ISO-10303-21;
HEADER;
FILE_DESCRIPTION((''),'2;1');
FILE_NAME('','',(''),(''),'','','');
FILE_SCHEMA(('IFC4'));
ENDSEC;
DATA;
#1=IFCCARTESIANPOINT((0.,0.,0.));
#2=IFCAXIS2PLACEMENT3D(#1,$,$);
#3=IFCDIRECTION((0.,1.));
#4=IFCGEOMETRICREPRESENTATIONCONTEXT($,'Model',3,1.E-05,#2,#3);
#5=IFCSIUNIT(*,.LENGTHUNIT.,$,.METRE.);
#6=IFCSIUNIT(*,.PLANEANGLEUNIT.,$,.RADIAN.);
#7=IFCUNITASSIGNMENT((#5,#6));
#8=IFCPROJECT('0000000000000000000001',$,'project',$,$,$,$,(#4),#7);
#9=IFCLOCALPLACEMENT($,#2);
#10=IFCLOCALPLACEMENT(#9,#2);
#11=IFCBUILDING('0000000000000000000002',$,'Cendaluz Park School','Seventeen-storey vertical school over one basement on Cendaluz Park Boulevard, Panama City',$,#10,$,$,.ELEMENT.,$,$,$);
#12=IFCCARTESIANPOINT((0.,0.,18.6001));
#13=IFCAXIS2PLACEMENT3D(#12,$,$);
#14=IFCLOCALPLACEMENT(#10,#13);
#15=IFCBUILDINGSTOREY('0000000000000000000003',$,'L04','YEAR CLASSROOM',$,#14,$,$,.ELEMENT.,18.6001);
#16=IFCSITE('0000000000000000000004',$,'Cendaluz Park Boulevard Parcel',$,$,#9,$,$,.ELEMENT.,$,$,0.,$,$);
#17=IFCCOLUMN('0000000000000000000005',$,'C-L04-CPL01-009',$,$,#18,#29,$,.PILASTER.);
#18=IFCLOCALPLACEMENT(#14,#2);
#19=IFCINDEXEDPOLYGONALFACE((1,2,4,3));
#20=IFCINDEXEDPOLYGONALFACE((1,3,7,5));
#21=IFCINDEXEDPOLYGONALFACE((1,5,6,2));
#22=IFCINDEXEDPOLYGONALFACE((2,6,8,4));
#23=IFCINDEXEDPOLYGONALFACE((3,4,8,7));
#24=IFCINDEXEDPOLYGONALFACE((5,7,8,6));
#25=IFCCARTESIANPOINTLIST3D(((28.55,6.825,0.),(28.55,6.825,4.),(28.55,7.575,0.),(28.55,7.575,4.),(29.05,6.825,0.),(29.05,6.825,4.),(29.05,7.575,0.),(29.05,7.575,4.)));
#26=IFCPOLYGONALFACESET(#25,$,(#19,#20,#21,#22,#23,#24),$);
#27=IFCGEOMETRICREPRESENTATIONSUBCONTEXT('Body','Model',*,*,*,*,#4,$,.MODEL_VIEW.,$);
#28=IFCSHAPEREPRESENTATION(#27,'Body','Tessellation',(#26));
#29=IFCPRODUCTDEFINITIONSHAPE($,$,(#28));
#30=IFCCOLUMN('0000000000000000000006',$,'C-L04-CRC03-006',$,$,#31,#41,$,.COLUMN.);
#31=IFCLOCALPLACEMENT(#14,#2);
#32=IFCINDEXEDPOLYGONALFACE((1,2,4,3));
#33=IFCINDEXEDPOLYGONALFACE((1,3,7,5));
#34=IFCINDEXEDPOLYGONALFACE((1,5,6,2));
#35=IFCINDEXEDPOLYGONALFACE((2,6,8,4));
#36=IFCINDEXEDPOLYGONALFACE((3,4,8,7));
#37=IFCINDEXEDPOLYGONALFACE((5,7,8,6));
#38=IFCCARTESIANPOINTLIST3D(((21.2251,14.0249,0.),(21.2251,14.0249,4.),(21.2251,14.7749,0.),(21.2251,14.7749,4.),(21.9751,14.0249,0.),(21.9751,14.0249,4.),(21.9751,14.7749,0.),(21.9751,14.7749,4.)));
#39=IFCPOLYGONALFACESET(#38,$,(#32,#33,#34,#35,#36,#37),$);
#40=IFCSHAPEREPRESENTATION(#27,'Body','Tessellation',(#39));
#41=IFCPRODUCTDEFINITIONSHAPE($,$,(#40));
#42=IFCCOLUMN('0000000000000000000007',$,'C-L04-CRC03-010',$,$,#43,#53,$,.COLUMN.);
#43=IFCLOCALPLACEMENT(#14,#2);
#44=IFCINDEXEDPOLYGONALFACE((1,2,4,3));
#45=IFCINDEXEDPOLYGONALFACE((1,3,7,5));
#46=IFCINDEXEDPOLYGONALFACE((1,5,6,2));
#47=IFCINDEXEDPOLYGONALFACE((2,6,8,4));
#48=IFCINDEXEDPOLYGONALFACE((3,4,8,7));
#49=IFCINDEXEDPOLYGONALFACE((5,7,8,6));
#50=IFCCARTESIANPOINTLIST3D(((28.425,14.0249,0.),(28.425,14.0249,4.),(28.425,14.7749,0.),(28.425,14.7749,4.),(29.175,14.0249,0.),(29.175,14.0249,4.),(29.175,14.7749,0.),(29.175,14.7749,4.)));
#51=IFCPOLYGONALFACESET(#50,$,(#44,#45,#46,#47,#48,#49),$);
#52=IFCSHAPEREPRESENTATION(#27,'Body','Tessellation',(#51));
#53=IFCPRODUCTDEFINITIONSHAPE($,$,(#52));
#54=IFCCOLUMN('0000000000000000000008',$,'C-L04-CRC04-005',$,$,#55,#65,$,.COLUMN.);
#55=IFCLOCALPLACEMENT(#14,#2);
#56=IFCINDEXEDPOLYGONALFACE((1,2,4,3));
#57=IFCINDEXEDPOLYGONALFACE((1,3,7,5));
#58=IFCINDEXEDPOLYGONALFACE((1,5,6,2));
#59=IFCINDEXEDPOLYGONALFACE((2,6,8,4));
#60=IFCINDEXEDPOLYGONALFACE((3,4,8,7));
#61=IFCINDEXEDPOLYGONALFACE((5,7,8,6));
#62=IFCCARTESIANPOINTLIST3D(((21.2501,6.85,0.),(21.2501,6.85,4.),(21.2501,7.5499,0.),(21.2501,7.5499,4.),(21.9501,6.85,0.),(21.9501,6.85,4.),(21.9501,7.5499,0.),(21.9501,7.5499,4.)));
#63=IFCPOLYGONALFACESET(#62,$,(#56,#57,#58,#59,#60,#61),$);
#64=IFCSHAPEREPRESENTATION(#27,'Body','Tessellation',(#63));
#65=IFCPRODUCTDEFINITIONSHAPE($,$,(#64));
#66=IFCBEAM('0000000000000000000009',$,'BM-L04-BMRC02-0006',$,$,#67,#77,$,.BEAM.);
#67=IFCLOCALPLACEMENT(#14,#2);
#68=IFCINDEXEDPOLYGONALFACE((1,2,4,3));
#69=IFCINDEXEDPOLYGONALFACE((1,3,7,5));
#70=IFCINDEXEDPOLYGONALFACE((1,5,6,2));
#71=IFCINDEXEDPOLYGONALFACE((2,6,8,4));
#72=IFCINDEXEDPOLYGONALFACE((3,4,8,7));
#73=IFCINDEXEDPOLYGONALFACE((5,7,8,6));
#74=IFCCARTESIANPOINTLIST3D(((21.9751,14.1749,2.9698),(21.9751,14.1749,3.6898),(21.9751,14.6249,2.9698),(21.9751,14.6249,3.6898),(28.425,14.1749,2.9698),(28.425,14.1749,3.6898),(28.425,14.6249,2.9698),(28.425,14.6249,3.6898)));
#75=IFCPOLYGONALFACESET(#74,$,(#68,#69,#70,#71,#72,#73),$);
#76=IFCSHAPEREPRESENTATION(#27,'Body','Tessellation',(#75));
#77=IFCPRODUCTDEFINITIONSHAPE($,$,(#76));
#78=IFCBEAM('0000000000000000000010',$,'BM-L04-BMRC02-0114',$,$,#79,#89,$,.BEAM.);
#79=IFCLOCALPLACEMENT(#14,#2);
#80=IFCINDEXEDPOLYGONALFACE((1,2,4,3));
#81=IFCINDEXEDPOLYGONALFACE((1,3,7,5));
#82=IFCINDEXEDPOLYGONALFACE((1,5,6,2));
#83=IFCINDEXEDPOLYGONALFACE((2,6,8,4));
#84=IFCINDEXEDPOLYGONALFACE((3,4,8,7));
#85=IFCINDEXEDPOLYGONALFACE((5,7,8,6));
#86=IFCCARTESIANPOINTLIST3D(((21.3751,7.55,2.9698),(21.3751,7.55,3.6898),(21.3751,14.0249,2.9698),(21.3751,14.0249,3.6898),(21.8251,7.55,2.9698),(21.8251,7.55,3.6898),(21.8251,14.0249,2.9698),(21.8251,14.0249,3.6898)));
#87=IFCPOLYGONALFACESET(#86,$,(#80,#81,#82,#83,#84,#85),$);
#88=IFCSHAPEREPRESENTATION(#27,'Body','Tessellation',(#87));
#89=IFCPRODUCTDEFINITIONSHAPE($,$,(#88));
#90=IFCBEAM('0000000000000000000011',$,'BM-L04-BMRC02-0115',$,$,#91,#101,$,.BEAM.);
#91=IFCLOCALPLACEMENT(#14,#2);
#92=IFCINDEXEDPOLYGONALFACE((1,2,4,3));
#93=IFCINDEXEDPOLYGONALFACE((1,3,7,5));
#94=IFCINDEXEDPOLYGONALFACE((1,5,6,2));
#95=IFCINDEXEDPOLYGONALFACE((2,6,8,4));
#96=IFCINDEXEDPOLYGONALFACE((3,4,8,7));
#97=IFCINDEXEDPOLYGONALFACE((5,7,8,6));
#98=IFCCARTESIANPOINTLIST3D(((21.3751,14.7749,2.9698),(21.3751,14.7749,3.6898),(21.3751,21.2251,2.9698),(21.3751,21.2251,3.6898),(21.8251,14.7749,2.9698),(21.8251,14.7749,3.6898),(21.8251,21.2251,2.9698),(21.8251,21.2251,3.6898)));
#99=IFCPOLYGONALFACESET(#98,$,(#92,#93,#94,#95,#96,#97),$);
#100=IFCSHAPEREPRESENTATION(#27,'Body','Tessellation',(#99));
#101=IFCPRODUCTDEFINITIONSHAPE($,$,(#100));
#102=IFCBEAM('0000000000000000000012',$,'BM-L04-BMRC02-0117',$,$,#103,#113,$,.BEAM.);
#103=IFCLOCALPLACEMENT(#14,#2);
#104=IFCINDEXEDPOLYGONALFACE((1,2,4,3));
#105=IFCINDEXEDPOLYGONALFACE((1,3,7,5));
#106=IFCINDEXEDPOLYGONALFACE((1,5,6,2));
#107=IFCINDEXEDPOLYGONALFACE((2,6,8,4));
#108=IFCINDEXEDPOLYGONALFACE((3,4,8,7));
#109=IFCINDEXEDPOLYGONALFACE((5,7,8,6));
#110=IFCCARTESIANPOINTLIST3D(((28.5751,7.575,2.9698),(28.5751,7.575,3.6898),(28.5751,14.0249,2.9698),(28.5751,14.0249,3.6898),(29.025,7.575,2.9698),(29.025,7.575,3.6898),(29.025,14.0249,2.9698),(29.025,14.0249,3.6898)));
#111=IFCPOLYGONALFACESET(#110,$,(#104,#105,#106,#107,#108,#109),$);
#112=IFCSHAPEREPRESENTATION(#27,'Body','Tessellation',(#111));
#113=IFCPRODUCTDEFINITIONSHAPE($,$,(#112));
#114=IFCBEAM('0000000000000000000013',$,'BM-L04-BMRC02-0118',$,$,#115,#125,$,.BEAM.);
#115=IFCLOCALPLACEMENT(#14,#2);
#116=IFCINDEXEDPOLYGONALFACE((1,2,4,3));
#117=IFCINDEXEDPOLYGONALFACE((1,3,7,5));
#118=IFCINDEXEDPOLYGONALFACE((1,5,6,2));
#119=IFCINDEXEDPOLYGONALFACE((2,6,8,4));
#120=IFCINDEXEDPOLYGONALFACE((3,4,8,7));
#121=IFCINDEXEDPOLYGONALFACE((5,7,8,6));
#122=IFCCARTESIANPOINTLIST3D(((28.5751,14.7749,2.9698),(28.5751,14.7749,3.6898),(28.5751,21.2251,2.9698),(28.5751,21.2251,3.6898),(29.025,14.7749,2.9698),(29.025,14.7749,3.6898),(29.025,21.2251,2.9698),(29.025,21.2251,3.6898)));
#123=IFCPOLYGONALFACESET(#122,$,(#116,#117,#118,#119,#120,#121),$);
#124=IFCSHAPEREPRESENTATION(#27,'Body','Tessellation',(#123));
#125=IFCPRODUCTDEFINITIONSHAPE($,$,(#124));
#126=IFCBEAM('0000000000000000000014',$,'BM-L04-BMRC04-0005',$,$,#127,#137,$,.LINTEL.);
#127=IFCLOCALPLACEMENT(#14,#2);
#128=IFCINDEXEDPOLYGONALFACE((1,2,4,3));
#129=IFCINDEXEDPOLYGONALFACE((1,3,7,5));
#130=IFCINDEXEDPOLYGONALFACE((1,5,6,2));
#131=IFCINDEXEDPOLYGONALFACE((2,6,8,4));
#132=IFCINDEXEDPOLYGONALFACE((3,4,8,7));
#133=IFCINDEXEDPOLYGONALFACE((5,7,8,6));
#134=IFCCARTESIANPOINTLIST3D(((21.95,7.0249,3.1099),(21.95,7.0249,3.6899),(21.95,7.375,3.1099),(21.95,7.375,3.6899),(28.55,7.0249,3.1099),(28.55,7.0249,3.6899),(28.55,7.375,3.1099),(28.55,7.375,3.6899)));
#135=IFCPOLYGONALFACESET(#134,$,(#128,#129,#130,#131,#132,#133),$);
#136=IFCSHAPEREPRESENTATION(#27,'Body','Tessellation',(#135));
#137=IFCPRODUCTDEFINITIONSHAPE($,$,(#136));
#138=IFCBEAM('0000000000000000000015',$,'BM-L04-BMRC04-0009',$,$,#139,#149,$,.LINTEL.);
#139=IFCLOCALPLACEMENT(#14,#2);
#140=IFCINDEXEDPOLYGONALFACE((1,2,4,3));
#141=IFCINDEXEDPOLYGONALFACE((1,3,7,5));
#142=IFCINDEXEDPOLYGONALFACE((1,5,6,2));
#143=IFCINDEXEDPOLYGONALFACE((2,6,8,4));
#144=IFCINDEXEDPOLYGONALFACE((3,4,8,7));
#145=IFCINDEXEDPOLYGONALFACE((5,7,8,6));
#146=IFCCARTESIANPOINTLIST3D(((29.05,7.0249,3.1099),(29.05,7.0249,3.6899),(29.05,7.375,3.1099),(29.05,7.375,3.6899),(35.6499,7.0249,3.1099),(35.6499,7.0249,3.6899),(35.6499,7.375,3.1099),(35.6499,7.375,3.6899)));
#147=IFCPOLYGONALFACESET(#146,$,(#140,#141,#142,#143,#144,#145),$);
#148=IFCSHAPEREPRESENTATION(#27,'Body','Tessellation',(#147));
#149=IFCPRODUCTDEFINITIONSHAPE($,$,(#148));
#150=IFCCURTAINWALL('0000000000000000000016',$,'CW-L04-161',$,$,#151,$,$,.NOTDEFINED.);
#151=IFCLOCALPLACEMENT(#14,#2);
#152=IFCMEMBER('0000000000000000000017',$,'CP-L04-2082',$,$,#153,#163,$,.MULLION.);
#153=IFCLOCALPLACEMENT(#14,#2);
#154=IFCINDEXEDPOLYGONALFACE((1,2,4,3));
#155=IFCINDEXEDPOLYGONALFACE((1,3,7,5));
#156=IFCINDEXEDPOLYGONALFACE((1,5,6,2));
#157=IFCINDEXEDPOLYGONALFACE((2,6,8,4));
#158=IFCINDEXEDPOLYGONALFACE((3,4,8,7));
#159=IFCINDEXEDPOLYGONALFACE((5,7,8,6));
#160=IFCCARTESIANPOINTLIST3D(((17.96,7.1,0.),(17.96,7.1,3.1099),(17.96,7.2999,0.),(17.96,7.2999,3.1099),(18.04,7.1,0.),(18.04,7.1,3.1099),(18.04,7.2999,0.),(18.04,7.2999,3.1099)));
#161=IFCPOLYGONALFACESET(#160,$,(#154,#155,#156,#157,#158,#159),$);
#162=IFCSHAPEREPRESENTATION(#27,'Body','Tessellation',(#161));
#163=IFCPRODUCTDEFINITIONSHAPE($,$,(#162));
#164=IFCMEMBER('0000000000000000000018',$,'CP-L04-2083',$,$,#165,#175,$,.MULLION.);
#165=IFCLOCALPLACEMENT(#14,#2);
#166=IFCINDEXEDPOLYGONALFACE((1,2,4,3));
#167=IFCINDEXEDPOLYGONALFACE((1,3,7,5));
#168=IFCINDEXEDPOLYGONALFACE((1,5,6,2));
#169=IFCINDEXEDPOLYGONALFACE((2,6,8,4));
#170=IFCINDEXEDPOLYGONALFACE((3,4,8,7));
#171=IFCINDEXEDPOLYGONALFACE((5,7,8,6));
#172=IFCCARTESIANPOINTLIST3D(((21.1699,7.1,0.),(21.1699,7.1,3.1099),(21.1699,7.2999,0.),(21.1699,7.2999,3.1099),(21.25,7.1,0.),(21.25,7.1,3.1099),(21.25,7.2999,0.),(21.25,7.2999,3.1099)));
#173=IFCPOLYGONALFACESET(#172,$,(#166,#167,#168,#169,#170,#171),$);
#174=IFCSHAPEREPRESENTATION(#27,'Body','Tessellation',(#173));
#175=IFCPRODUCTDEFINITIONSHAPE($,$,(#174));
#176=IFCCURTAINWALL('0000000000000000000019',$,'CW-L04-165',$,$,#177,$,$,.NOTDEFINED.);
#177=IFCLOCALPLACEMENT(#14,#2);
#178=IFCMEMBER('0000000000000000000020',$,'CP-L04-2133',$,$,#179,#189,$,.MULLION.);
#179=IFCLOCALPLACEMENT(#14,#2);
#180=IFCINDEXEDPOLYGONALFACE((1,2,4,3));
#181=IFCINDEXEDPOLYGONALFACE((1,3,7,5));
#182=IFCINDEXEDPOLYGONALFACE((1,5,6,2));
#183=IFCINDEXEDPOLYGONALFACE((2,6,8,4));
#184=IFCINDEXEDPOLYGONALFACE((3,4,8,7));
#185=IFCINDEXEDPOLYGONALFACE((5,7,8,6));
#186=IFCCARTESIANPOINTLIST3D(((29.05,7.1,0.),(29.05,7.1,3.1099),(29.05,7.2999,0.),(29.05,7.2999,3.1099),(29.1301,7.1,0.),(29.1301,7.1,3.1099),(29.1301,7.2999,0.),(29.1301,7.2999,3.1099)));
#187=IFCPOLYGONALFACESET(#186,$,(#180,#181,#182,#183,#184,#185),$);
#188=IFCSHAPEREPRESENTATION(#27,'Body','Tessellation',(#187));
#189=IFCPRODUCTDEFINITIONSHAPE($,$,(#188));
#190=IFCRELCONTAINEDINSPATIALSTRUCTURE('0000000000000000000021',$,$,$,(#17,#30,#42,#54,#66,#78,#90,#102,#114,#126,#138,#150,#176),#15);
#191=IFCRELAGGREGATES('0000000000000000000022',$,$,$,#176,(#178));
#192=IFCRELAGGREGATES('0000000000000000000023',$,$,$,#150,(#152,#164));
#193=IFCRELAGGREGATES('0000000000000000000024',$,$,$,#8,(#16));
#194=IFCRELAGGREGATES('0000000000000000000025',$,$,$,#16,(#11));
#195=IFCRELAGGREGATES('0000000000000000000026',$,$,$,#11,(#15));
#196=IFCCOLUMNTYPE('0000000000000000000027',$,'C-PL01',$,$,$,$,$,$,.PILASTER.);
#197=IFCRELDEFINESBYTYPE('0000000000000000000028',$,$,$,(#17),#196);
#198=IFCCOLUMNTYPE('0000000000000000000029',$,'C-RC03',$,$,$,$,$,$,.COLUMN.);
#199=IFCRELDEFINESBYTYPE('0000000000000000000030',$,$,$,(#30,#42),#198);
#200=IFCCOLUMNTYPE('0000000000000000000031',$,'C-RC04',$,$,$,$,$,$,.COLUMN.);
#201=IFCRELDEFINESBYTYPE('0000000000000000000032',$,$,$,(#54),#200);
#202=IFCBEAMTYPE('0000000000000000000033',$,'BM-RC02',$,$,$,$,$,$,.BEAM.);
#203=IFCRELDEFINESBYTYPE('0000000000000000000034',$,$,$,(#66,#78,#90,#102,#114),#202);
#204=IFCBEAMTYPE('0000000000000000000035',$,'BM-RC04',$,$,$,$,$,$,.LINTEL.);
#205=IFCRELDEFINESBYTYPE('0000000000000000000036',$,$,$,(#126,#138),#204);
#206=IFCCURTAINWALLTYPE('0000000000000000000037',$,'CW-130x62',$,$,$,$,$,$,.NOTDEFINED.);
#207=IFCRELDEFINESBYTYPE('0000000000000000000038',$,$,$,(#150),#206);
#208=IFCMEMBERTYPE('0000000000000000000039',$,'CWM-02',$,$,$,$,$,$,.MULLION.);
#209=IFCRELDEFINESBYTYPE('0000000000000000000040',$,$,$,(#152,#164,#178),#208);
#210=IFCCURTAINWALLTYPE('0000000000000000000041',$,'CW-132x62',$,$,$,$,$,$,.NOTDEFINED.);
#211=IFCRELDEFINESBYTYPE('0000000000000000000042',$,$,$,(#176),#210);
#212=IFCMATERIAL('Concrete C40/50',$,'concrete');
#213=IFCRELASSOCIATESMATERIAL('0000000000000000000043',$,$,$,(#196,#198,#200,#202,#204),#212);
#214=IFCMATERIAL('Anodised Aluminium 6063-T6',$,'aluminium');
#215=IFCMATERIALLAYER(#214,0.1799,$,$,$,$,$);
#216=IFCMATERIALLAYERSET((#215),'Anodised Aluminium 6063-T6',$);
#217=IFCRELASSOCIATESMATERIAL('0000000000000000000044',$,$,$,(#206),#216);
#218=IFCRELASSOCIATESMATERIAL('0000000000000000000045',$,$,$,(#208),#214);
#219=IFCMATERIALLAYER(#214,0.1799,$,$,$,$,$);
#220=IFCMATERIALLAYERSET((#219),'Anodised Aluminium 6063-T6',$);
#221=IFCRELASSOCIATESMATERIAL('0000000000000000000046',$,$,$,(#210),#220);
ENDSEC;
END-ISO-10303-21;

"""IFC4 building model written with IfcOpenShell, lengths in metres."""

from ifc_helpers import new_model, si_unit, direction, frame, origin, origin_2d, place, context, subcontext, project, spatial, rectangle, extrude, material, layer, layer_set, material_profile, profile_set, type_object, element, aggregate, save


model = new_model("IFC4")

# Units and contexts
model_context = context("Model", 3, precision=1e-05, world=origin(), true_north=direction((0.0, 1.0)))
body_context = subcontext(model_context, "Body", "Model", "MODEL_VIEW")
ifc_project = project(units=[si_unit("LENGTHUNIT", "METRE"), si_unit("PLANEANGLEUNIT", "RADIAN")], contexts=[model_context])

# Site, building, storey
site_placement = place(None, origin())
site = spatial("IfcSite", under=ifc_project, at=site_placement, Name="Cendaluz Park Boulevard Parcel", CompositionType="ELEMENT", RefElevation=0.0)
building_placement = place(site_placement, origin())
building = spatial("IfcBuilding", under=site, at=building_placement, Name="Cendaluz Park School", Description="Seventeen-storey vertical school over one basement on Cendaluz Park Boulevard, Panama City", CompositionType="ELEMENT")
storey_placement = place(building_placement, frame((0.0, 0.0, 18.6001)))
storey = spatial("IfcBuildingStorey", under=building, at=storey_placement, Name="L04", Description="YEAR CLASSROOM", CompositionType="ELEMENT", Elevation=18.6001)

# Columns
ifc_material_1 = material(Name="Concrete C40/50", Category="concrete")
ifc_material_profile_1 = material_profile(ifc_material_1, rectangle(XDim=0.5, YDim=0.75, at=origin_2d()), Name="RC 500x750", Category="concrete")
ifc_profile_set_1 = profile_set([ifc_material_profile_1], Name="Concrete C40/50")
column_type_1 = type_object("IfcColumnType", Name="C-PL01", PredefinedType="PILASTER", material=ifc_profile_set_1)
column_1_placement = place(storey_placement, frame((28.8, 7.2, 0.0), z_axis=(0.0, 0.0, 1.0), x_axis=(1.0, 0.0, 0.0)))
element("IfcColumn", 1, at=column_1_placement, inside=storey, type_object=column_type_1, Name="C-L04-CPL01-009", PredefinedType="PILASTER", context=body_context, shape_type="SweptSolid", body=[
    extrude(rectangle(XDim=0.5, YDim=0.75, at=origin_2d()), origin(), (0.0, 0.0, 1.0), 4.0),
])
ifc_material_profile_2 = material_profile(ifc_material_1, rectangle(XDim=0.75, YDim=0.75, at=origin_2d()), Name="RC 750x750", Category="concrete")
ifc_profile_set_2 = profile_set([ifc_material_profile_2], Name="Concrete C40/50")
column_type_2 = type_object("IfcColumnType", Name="C-RC03", PredefinedType="COLUMN", material=ifc_profile_set_2)
for number, where, z_axis, x_axis, name in (
    (2, (21.6001, 14.3999, 0.0), (0.0, 0.0, 1.0), (1.0, 0.0, 0.0), "C-L04-CRC03-006"),
    (3, (28.8, 14.3999, 0.0), (0.0, 0.0, 1.0), (1.0, 0.0, 0.0), "C-L04-CRC03-010"),
):
    element("IfcColumn", number, at=place(storey_placement, frame(where, z_axis=z_axis, x_axis=x_axis)), inside=storey, type_object=column_type_2, Name=name, PredefinedType="COLUMN", context=body_context, shape_type="SweptSolid", body=[
        extrude(rectangle(XDim=0.75, YDim=0.75, at=origin_2d()), origin(), (0.0, 0.0, 1.0), 4.0),
    ])
ifc_material_profile_3 = material_profile(ifc_material_1, rectangle(XDim=0.7, YDim=0.7, at=origin_2d()), Name="RC 700x700", Category="concrete")
ifc_profile_set_3 = profile_set([ifc_material_profile_3], Name="Concrete C40/50")
column_type_3 = type_object("IfcColumnType", Name="C-RC04", PredefinedType="COLUMN", material=ifc_profile_set_3)
column_2_placement = place(storey_placement, frame((21.6001, 7.2, 0.0), z_axis=(0.0, 0.0, 1.0), x_axis=(1.0, 0.0, 0.0)))
element("IfcColumn", 4, at=column_2_placement, inside=storey, type_object=column_type_3, Name="C-L04-CRC04-005", PredefinedType="COLUMN", context=body_context, shape_type="SweptSolid", body=[
    extrude(rectangle(XDim=0.7, YDim=0.7, at=origin_2d()), origin(), (0.0, 0.0, 1.0), 4.0),
])

# Beams
ifc_material_profile_4 = material_profile(ifc_material_1, rectangle(XDim=0.45, YDim=0.72, at=origin_2d()), Name="RC 450x720", Category="concrete")
ifc_profile_set_4 = profile_set([ifc_material_profile_4], Name="Concrete C40/50")
beam_type_1 = type_object("IfcBeamType", Name="BM-RC02", PredefinedType="BEAM", material=ifc_profile_set_4)
beam_1_placement = place(storey_placement, frame((21.9751, 14.3999, 3.3298), z_axis=(1.0, 0.0, 0.0), x_axis=(0.0, 1.0, 0.0)))
element("IfcBeam", 5, at=beam_1_placement, inside=storey, type_object=beam_type_1, Name="BM-L04-BMRC02-0006", PredefinedType="BEAM", context=body_context, shape_type="SweptSolid", body=[
    extrude(rectangle(XDim=0.45, YDim=0.72, at=origin_2d()), origin(), (0.0, 0.0, 1.0), 6.45),
])
beam_2_placement = place(storey_placement, frame((21.6001, 7.55, 3.3298), z_axis=(0.0, 1.0, 0.0), x_axis=(-1.0, 0.0, 0.0)))
element("IfcBeam", 6, at=beam_2_placement, inside=storey, type_object=beam_type_1, Name="BM-L04-BMRC02-0114", PredefinedType="BEAM", context=body_context, shape_type="SweptSolid", body=[
    extrude(rectangle(XDim=0.45, YDim=0.72, at=origin_2d()), origin(), (0.0, 0.0, 1.0), 6.4749),
])
beam_3_placement = place(storey_placement, frame((21.6001, 14.7749, 3.3298), z_axis=(0.0, 1.0, 0.0), x_axis=(-1.0, 0.0, 0.0)))
element("IfcBeam", 7, at=beam_3_placement, inside=storey, type_object=beam_type_1, Name="BM-L04-BMRC02-0115", PredefinedType="BEAM", context=body_context, shape_type="SweptSolid", body=[
    extrude(rectangle(XDim=0.45, YDim=0.72, at=origin_2d()), origin(), (0.0, 0.0, 1.0), 6.4502),
])
beam_4_placement = place(storey_placement, frame((28.8, 7.575, 3.3298), z_axis=(0.0, 1.0, 0.0), x_axis=(-1.0, 0.0, 0.0)))
element("IfcBeam", 8, at=beam_4_placement, inside=storey, type_object=beam_type_1, Name="BM-L04-BMRC02-0117", PredefinedType="BEAM", context=body_context, shape_type="SweptSolid", body=[
    extrude(rectangle(XDim=0.45, YDim=0.72, at=origin_2d()), origin(), (0.0, 0.0, 1.0), 6.45),
])
beam_5_placement = place(storey_placement, frame((28.8, 14.7749, 3.3298), z_axis=(0.0, 1.0, 0.0), x_axis=(-1.0, 0.0, 0.0)))
element("IfcBeam", 9, at=beam_5_placement, inside=storey, type_object=beam_type_1, Name="BM-L04-BMRC02-0118", PredefinedType="BEAM", context=body_context, shape_type="SweptSolid", body=[
    extrude(rectangle(XDim=0.45, YDim=0.72, at=origin_2d()), origin(), (0.0, 0.0, 1.0), 6.4502),
])
ifc_material_profile_5 = material_profile(ifc_material_1, rectangle(XDim=0.3501, YDim=0.5801, at=origin_2d()), Name="RC 350x580", Category="concrete")
ifc_profile_set_5 = profile_set([ifc_material_profile_5], Name="Concrete C40/50")
beam_type_2 = type_object("IfcBeamType", Name="BM-RC04", PredefinedType="LINTEL", material=ifc_profile_set_5)
beam_6_placement = place(storey_placement, frame((21.95, 7.2, 3.3999), z_axis=(1.0, 0.0, 0.0), x_axis=(0.0, 1.0, 0.0)))
element("IfcBeam", 10, at=beam_6_placement, inside=storey, type_object=beam_type_2, Name="BM-L04-BMRC04-0005", PredefinedType="LINTEL", context=body_context, shape_type="SweptSolid", body=[
    extrude(rectangle(XDim=0.3501, YDim=0.5801, at=origin_2d()), origin(), (0.0, 0.0, 1.0), 6.6001),
])
beam_7_placement = place(storey_placement, frame((29.05, 7.2, 3.3999), z_axis=(1.0, 0.0, 0.0), x_axis=(0.0, 1.0, 0.0)))
element("IfcBeam", 11, at=beam_7_placement, inside=storey, type_object=beam_type_2, Name="BM-L04-BMRC04-0009", PredefinedType="LINTEL", context=body_context, shape_type="SweptSolid", body=[
    extrude(rectangle(XDim=0.3501, YDim=0.5801, at=origin_2d()), origin(), (0.0, 0.0, 1.0), 6.5999),
])

# Curtain wall, members
ifc_material_2 = material(Name="Anodised Aluminium 6063-T6", Category="aluminium")
ifc_layer_1 = layer(ifc_material_2, 0.1799)
ifc_layer_set_1 = layer_set([ifc_layer_1], Name="Anodised Aluminium 6063-T6")
curtain_wall_type_1 = type_object("IfcCurtainWallType", Name="CW-130x62", PredefinedType="NOTDEFINED", material=ifc_layer_set_1)
curtain_wall_1_placement = place(storey_placement, origin())
curtain_wall_1 = element("IfcCurtainWall", 12, at=curtain_wall_1_placement, inside=storey, type_object=curtain_wall_type_1, Name="CW-L04-161", PredefinedType="NOTDEFINED")
ifc_material_profile_6 = material_profile(ifc_material_2, rectangle(XDim=0.2, YDim=0.0801, at=origin_2d()), Name="CWM 200x80", Category="aluminium")
ifc_profile_set_6 = profile_set([ifc_material_profile_6], Name="Anodised Aluminium 6063-T6")
member_type_1 = type_object("IfcMemberType", Name="CWM-02", PredefinedType="MULLION", material=ifc_profile_set_6)
member_1_placement = place(storey_placement, frame((18.0, 7.2, 0.0), z_axis=(0.0, 0.0, 1.0), x_axis=(0.0, 1.0, 0.0)))
member_1 = element("IfcMember", 13, at=member_1_placement, type_object=member_type_1, Name="CP-L04-2082", PredefinedType="MULLION", context=body_context, shape_type="SweptSolid", body=[
    extrude(rectangle(XDim=0.2, YDim=0.0801, at=origin_2d()), origin(), (0.0, 0.0, 1.0), 3.1099),
])
member_2_placement = place(storey_placement, frame((21.21, 7.2, 0.0), z_axis=(0.0, 0.0, 1.0), x_axis=(0.0, 1.0, 0.0)))
member_2 = element("IfcMember", 14, at=member_2_placement, type_object=member_type_1, Name="CP-L04-2083", PredefinedType="MULLION", context=body_context, shape_type="SweptSolid", body=[
    extrude(rectangle(XDim=0.2, YDim=0.0801, at=origin_2d()), origin(), (0.0, 0.0, 1.0), 3.1099),
])

# Curtain wall, member
ifc_layer_2 = layer(ifc_material_2, 0.1799)
ifc_layer_set_2 = layer_set([ifc_layer_2], Name="Anodised Aluminium 6063-T6")
curtain_wall_type_2 = type_object("IfcCurtainWallType", Name="CW-132x62", PredefinedType="NOTDEFINED", material=ifc_layer_set_2)
curtain_wall_2_placement = place(storey_placement, origin())
curtain_wall_2 = element("IfcCurtainWall", 15, at=curtain_wall_2_placement, inside=storey, type_object=curtain_wall_type_2, Name="CW-L04-165", PredefinedType="NOTDEFINED")
member_3_placement = place(storey_placement, frame((29.0901, 7.2, 0.0), z_axis=(0.0, 0.0, 1.0), x_axis=(0.0, 1.0, 0.0)))
member_3 = element("IfcMember", 16, at=member_3_placement, type_object=member_type_1, Name="CP-L04-2133", PredefinedType="MULLION", context=body_context, shape_type="SweptSolid", body=[
    extrude(rectangle(XDim=0.2, YDim=0.0801, at=origin_2d()), origin(), (0.0, 0.0, 1.0), 3.1099),
])

aggregate(curtain_wall_2, [member_3])

aggregate(curtain_wall_1, [member_1, member_2])

save(model, "model.ifc")
